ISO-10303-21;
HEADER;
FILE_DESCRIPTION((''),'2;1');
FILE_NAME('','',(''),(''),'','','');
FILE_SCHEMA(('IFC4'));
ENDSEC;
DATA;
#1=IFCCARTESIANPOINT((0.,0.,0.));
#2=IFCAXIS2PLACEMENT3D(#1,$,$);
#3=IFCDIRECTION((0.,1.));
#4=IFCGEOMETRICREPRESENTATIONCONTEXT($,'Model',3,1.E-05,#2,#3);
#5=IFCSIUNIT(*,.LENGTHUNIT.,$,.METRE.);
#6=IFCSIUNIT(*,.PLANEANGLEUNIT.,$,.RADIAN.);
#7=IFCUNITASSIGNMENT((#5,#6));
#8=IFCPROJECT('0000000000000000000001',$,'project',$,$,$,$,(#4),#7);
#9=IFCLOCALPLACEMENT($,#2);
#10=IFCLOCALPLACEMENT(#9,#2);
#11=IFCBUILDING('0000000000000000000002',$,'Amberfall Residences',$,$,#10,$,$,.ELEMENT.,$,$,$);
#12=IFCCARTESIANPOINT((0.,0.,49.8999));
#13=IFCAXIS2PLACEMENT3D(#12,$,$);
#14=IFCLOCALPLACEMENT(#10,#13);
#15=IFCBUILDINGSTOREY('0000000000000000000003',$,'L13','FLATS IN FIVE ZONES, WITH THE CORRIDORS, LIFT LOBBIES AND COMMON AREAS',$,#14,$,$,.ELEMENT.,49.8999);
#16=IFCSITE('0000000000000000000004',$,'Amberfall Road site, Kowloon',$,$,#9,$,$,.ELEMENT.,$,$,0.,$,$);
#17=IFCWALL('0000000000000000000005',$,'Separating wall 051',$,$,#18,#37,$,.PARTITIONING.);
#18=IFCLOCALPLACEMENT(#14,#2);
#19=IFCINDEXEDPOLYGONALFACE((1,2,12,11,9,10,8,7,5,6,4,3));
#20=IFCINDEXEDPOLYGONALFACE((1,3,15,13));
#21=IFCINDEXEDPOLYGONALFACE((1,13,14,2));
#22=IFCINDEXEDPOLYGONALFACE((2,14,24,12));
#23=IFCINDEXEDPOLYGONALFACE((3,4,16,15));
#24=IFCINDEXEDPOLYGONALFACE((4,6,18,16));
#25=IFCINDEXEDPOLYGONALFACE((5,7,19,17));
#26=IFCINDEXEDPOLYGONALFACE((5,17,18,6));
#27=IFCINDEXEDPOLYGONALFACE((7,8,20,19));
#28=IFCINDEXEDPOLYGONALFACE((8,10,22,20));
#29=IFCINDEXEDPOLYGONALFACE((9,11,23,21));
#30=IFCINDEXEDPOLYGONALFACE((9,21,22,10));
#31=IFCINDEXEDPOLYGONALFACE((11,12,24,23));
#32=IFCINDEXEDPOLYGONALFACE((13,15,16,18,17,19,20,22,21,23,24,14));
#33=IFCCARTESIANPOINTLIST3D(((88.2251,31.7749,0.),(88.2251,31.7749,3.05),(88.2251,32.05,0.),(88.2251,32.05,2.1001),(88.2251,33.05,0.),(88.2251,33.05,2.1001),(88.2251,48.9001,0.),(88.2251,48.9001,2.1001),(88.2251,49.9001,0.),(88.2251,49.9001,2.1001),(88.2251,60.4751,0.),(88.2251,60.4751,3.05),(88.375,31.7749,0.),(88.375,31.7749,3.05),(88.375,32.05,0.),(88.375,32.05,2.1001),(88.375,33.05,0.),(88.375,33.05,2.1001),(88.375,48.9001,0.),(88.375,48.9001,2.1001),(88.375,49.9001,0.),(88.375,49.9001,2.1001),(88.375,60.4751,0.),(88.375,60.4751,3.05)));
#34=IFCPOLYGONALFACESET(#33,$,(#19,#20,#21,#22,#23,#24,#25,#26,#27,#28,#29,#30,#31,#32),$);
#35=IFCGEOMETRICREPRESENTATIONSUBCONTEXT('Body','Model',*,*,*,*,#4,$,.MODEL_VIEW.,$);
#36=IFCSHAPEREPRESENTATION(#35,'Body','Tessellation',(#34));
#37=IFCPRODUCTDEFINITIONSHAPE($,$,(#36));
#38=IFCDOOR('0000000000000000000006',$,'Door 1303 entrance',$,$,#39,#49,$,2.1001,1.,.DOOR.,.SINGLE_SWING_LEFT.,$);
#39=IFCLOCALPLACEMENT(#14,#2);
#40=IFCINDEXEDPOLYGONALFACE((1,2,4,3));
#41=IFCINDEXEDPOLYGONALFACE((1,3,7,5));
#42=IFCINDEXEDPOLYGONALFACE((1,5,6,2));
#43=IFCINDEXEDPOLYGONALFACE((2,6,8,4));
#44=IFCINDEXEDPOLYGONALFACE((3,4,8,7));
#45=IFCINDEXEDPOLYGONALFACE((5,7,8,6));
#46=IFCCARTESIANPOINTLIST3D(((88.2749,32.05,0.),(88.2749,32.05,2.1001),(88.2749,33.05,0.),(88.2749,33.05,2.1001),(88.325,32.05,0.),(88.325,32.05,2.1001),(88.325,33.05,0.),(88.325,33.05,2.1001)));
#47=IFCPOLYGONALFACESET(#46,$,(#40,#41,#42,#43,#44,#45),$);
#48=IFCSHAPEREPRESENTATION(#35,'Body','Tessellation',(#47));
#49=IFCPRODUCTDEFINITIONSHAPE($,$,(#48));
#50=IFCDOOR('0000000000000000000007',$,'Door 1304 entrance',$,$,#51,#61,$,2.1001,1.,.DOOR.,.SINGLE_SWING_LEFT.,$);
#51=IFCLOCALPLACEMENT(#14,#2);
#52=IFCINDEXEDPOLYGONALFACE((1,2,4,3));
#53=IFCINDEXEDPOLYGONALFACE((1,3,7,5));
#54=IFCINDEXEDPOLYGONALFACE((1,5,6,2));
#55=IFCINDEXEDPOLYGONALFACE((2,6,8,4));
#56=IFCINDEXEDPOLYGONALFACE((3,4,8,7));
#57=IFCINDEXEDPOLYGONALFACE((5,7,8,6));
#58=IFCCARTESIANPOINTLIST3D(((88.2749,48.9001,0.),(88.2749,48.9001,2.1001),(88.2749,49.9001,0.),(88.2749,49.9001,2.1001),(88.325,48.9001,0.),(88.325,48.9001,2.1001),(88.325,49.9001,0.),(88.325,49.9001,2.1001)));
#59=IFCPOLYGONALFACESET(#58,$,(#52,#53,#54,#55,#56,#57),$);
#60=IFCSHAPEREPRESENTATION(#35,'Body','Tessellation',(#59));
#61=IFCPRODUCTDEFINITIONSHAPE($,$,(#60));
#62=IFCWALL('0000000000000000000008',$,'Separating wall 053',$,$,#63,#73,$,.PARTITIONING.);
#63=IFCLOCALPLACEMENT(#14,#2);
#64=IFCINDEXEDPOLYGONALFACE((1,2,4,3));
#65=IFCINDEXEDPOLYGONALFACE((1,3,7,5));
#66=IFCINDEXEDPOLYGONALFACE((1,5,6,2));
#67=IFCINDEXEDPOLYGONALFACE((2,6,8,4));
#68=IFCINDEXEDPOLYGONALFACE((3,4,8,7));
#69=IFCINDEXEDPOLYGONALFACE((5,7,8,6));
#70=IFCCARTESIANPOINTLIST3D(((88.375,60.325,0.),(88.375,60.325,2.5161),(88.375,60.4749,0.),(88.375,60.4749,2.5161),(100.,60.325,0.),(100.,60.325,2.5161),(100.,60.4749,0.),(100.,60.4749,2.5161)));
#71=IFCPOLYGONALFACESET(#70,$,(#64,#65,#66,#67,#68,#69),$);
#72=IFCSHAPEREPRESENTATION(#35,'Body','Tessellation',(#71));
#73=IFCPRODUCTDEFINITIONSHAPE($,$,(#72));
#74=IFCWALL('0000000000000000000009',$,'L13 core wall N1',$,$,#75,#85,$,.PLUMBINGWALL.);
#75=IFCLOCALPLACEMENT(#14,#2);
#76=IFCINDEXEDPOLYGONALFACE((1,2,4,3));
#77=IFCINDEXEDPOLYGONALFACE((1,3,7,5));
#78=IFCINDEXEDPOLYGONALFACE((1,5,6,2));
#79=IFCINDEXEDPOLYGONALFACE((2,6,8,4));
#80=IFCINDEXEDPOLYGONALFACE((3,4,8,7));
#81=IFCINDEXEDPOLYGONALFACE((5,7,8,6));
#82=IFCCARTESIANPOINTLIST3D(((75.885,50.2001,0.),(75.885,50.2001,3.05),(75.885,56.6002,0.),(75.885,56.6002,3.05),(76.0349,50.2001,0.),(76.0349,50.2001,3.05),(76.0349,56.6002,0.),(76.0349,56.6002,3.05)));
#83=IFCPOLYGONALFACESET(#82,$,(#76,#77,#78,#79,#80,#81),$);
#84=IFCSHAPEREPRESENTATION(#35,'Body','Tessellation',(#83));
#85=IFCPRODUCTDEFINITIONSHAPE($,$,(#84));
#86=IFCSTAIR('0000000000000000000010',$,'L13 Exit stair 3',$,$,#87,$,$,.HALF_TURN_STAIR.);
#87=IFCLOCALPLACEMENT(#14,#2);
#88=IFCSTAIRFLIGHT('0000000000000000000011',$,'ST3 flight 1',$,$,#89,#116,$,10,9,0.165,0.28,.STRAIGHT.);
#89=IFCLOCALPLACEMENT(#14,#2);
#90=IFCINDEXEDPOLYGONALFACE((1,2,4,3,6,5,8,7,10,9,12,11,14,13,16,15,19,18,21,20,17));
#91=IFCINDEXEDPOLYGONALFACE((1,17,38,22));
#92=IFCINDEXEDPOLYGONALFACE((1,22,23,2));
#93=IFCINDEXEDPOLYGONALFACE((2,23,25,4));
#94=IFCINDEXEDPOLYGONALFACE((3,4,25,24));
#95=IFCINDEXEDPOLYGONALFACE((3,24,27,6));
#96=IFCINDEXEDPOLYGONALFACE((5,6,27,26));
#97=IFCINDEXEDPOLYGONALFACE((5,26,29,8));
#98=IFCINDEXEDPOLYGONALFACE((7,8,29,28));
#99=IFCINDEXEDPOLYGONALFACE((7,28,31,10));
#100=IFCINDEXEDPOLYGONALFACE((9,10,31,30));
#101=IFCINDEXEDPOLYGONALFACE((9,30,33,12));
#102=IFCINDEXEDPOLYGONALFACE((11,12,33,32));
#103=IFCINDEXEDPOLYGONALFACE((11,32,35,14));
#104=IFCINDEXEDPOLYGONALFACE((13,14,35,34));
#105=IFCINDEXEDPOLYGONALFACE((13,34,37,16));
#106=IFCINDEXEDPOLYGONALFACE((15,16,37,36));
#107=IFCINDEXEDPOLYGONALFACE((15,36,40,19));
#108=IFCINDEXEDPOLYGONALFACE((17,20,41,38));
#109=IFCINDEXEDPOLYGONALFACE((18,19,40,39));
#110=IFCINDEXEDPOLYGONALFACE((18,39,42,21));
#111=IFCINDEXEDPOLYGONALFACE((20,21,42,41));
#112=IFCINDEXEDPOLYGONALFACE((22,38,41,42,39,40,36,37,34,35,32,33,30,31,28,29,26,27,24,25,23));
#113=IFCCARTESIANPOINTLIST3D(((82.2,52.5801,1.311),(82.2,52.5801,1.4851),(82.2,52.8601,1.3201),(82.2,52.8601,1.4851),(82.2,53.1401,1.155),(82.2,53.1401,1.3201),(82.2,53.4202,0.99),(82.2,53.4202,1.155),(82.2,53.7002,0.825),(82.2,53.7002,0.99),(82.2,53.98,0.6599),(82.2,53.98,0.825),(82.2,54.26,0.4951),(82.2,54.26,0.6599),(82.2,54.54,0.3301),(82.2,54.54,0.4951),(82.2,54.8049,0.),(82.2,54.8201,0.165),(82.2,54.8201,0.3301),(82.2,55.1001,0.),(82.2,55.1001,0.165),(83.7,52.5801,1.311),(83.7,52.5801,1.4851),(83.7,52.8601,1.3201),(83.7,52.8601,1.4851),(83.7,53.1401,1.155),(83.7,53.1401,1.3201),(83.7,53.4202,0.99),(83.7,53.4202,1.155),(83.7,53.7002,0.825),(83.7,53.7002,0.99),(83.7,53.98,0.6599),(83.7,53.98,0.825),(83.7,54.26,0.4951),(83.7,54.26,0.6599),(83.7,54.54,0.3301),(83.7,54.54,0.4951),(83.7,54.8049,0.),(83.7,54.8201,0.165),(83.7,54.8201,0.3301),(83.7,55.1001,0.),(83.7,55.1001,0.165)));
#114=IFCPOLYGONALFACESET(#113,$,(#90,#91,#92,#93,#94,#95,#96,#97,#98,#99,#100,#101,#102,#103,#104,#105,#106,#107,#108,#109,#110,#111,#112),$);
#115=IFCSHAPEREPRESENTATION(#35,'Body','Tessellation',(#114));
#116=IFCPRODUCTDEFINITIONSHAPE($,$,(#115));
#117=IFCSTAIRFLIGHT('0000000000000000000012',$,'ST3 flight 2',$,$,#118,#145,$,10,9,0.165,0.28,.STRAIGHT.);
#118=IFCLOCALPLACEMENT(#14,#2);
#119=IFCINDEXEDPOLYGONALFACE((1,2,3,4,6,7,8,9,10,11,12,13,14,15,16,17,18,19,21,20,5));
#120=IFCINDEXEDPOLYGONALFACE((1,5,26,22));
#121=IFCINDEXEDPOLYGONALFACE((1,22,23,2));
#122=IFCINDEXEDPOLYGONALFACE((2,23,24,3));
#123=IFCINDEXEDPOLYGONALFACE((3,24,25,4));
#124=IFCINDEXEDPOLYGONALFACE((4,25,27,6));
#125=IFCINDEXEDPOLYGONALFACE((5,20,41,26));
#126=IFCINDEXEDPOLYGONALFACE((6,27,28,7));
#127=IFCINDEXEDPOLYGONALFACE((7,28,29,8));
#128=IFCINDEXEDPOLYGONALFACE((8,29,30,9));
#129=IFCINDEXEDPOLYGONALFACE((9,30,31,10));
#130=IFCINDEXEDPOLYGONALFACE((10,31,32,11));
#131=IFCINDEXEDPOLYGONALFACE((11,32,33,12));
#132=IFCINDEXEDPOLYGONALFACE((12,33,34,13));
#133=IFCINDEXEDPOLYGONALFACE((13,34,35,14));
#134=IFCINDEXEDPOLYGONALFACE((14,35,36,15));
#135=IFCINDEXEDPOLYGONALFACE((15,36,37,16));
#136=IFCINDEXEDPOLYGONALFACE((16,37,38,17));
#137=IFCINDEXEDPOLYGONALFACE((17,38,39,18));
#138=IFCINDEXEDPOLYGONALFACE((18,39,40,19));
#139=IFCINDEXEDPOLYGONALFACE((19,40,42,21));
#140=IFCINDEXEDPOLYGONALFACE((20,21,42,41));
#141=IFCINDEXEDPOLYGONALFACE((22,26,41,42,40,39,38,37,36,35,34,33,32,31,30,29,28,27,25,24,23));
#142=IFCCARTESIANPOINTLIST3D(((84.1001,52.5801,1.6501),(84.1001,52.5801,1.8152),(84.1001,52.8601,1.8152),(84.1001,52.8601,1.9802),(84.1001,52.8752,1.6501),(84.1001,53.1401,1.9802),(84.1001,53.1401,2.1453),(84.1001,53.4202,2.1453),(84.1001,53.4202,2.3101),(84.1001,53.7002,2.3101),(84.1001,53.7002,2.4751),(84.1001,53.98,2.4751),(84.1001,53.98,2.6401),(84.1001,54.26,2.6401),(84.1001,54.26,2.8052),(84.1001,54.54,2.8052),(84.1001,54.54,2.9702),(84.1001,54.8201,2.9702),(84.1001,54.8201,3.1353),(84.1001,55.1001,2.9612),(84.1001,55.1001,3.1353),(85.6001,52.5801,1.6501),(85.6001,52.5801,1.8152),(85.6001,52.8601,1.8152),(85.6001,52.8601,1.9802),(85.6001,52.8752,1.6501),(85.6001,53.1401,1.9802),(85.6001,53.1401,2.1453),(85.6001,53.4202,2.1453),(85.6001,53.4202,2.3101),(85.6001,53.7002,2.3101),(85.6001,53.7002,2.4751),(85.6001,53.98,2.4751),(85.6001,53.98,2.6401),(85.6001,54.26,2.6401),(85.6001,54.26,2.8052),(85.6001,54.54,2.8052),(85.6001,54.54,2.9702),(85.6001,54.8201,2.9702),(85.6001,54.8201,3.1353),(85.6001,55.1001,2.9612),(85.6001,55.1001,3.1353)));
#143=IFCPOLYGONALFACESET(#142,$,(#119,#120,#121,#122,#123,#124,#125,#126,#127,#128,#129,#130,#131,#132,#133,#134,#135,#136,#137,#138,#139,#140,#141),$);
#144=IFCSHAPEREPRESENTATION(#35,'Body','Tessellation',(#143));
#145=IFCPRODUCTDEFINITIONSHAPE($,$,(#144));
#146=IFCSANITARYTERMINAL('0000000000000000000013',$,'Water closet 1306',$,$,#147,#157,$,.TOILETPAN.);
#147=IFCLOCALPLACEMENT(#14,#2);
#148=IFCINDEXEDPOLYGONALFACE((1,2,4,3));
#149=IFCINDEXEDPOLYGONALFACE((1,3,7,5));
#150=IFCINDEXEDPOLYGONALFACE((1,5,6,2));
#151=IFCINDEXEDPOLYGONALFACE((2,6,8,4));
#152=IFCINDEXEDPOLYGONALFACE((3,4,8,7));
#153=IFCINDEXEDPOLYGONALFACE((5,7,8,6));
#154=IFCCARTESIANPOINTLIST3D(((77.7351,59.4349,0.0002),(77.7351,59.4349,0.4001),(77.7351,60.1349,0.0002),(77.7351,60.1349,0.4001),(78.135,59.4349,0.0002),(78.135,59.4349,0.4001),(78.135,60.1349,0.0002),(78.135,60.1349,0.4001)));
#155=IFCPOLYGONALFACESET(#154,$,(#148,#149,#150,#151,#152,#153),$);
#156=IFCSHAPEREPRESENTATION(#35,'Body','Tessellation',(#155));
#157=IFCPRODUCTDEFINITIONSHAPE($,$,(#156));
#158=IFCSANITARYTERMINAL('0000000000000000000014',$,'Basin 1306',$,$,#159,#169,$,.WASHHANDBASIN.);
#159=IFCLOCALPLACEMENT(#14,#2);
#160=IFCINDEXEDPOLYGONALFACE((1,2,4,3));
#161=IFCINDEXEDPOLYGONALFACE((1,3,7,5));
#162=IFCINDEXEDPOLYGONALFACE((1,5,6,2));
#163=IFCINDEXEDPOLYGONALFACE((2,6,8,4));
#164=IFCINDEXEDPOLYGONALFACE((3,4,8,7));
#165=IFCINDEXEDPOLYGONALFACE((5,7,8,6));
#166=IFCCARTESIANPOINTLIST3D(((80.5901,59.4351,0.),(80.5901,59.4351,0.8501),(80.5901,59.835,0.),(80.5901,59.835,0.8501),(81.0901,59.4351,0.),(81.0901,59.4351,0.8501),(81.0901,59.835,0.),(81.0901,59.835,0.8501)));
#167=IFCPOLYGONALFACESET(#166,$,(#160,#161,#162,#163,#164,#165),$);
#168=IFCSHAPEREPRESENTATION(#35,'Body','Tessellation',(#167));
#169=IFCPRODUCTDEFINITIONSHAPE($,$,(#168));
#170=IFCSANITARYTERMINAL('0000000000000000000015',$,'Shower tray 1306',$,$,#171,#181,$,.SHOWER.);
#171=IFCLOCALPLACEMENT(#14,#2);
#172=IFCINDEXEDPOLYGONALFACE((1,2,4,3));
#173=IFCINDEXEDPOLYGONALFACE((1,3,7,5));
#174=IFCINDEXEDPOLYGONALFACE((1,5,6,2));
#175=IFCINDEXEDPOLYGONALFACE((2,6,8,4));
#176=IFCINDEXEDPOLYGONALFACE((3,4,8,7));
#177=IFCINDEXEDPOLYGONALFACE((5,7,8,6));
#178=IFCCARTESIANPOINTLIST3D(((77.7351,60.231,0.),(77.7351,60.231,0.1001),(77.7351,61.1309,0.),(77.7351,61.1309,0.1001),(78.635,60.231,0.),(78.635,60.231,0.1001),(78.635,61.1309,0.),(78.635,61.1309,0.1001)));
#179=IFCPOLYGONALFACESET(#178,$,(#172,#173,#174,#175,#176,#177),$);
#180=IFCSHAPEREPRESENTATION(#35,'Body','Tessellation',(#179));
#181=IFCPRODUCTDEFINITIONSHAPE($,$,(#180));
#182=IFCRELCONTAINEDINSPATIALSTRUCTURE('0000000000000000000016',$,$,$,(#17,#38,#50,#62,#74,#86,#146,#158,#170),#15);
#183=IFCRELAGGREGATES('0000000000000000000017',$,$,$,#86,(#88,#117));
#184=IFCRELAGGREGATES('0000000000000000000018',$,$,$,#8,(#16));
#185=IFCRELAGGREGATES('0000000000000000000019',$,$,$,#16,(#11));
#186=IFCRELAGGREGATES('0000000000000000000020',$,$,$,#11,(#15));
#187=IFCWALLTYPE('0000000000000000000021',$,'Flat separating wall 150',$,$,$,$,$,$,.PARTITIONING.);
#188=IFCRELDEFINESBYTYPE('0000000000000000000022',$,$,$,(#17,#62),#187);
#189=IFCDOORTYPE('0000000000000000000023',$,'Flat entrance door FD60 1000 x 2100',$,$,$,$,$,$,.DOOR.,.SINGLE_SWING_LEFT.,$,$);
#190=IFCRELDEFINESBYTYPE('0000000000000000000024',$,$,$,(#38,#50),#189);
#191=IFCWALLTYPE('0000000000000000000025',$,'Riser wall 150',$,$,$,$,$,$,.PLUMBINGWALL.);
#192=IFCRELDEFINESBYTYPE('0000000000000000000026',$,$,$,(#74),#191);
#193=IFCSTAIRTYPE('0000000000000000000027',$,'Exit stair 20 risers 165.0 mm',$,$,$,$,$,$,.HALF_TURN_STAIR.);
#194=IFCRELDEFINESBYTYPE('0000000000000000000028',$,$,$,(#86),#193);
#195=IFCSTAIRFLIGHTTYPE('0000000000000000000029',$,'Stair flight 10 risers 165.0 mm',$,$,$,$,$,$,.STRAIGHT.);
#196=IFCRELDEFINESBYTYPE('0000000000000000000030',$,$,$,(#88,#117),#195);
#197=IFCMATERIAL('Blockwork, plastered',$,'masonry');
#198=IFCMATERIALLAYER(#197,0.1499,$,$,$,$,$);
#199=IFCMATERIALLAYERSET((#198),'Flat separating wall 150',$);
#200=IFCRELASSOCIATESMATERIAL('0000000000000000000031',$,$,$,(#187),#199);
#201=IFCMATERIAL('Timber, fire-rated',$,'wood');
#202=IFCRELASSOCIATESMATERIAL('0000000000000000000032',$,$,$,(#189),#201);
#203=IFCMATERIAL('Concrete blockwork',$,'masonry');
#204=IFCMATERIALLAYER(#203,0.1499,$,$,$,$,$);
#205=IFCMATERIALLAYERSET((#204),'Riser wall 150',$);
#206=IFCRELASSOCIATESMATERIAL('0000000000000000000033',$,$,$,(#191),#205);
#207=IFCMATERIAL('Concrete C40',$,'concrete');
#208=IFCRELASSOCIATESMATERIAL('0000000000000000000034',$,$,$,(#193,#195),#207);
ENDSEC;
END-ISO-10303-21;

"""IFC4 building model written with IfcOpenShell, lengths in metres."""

from ifc_helpers import new_model, si_unit, direction, frame, frame_2d, origin, origin_2d, place, context, subcontext, project, spatial, polyline, rectangle, outline, extrude, material, layer, layer_set, type_object, element, fill, aggregate, save


model = new_model("IFC4")

# Units and contexts
model_context = context("Model", 3, precision=1e-05, world=origin(), true_north=direction((0.0, 1.0)))
body_context = subcontext(model_context, "Body", "Model", "MODEL_VIEW")
ifc_project = project(units=[si_unit("LENGTHUNIT", "METRE"), si_unit("PLANEANGLEUNIT", "RADIAN")], contexts=[model_context])

# Site, building, storey
site_placement = place(None, origin())
site = spatial("IfcSite", under=ifc_project, at=site_placement, Name="Amberfall Road site, Kowloon", CompositionType="ELEMENT", RefElevation=0.0)
building_placement = place(site_placement, origin())
building = spatial("IfcBuilding", under=site, at=building_placement, Name="Amberfall Residences", CompositionType="ELEMENT")
storey_placement = place(building_placement, frame((0.0, 0.0, 49.8999)))
storey = spatial("IfcBuildingStorey", under=building, at=storey_placement, Name="L13", Description="FLATS IN FIVE ZONES, WITH THE CORRIDORS, LIFT LOBBIES AND COMMON AREAS", CompositionType="ELEMENT", Elevation=49.8999)

# Shared definitions
ifc_material_1 = material(Name="Blockwork, plastered", Category="masonry")
ifc_layer_1 = layer(ifc_material_1, 0.1499)
ifc_layer_set_1 = layer_set([ifc_layer_1], Name="Flat separating wall 150")
wall_type_1 = type_object("IfcWallType", Name="Flat separating wall 150", PredefinedType="PARTITIONING", material=ifc_layer_set_1)

# Wall, openings, doors
wall_1_placement = place(storey_placement, frame((88.3, 60.4751, 0.0), z_axis=(0.0, 0.0, 1.0), x_axis=(0.0, -1.0, 0.0)))
wall_1 = element("IfcWall", 1, at=wall_1_placement, inside=storey, type_object=wall_type_1, Name="Separating wall 051", PredefinedType="PARTITIONING", context=body_context, shape_type="SweptSolid", body=[
    extrude(rectangle(XDim=28.7002, YDim=0.1499, at=frame_2d((14.3501, 0.0))), origin(), (0.0, 0.0, 1.0), 3.05),
])
opening_1_placement = place(wall_1_placement, frame((27.425, 0.0, 0.0)))
opening_1 = element("IfcOpeningElement", 2, at=opening_1_placement, cuts=wall_1, PredefinedType="OPENING", context=body_context, shape_type="SweptSolid", body=[
    extrude(rectangle(XDim=1.0, YDim=2.1001, at=frame_2d((0.5, 1.05))), frame((0.0, 0.085, 0.0), z_axis=(0.0, -1.0, 0.0), x_axis=(1.0, 0.0, 0.0)), (0.0, 0.0, 1.0), 0.1699),
])
opening_2_placement = place(wall_1_placement, frame((10.575, 0.0, 0.0)))
opening_2 = element("IfcOpeningElement", 3, at=opening_2_placement, cuts=wall_1, PredefinedType="OPENING", context=body_context, shape_type="SweptSolid", body=[
    extrude(rectangle(XDim=1.0, YDim=2.1001, at=frame_2d((0.5, 1.05))), frame((0.0, 0.085, 0.0), z_axis=(0.0, -1.0, 0.0), x_axis=(1.0, 0.0, 0.0)), (0.0, 0.0, 1.0), 0.1699),
])
ifc_material_2 = material(Name="Timber, fire-rated", Category="wood")
door_type_1 = type_object("IfcDoorType", Name="Flat entrance door FD60 1000 x 2100", OperationType="SINGLE_SWING_LEFT", PredefinedType="DOOR", material=ifc_material_2)
door_1_placement = place(opening_1_placement, origin())
door_1 = element("IfcDoor", 4, at=door_1_placement, inside=storey, type_object=door_type_1, Name="Door 1303 entrance", OperationType="SINGLE_SWING_LEFT", OverallHeight=2.1001, OverallWidth=1.0, PredefinedType="DOOR", context=body_context, shape_type="SweptSolid", body=[
    extrude(rectangle(XDim=1.0, YDim=2.1001, at=frame_2d((0.5, 1.05))), frame((0.0, 0.0249, 0.0), z_axis=(0.0, -1.0, 0.0), x_axis=(1.0, 0.0, 0.0)), (0.0, 0.0, 1.0), 0.05),
])
fill(opening_1, door_1)
door_2_placement = place(opening_2_placement, origin())
door_2 = element("IfcDoor", 5, at=door_2_placement, inside=storey, type_object=door_type_1, Name="Door 1304 entrance", OperationType="SINGLE_SWING_LEFT", OverallHeight=2.1001, OverallWidth=1.0, PredefinedType="DOOR", context=body_context, shape_type="SweptSolid", body=[
    extrude(rectangle(XDim=1.0, YDim=2.1001, at=frame_2d((0.5, 1.05))), frame((0.0, 0.0249, 0.0), z_axis=(0.0, -1.0, 0.0), x_axis=(1.0, 0.0, 0.0)), (0.0, 0.0, 1.0), 0.05),
])
fill(opening_2, door_2)

# Walls
wall_2_placement = place(storey_placement, frame((88.375, 60.3999, 0.0), z_axis=(0.0, 0.0, 1.0), x_axis=(1.0, 0.0, 0.0)))
element("IfcWall", 6, at=wall_2_placement, inside=storey, type_object=wall_type_1, Name="Separating wall 053", PredefinedType="PARTITIONING", context=body_context, shape_type="SweptSolid", body=[
    extrude(rectangle(XDim=11.625, YDim=0.1499, at=frame_2d((5.8125, 0.0))), origin(), (0.0, 0.0, 1.0), 2.5161),
])
ifc_material_3 = material(Name="Concrete blockwork", Category="masonry")
ifc_layer_2 = layer(ifc_material_3, 0.1499)
ifc_layer_set_2 = layer_set([ifc_layer_2], Name="Riser wall 150")
wall_type_2 = type_object("IfcWallType", Name="Riser wall 150", PredefinedType="PLUMBINGWALL", material=ifc_layer_set_2)
wall_3_placement = place(storey_placement, frame((75.96, 50.2, 0.0), z_axis=(0.0, 0.0, 1.0), x_axis=(0.0, 1.0, 0.0)))
element("IfcWall", 7, at=wall_3_placement, inside=storey, type_object=wall_type_2, Name="L13 core wall N1", PredefinedType="PLUMBINGWALL", context=body_context, shape_type="SweptSolid", body=[
    extrude(rectangle(XDim=6.4001, YDim=0.1499, at=frame_2d((3.2002, 0.0))), origin(), (0.0, 0.0, 1.0), 3.05),
])

# Stair, stair flights
ifc_material_4 = material(Name="Concrete C40", Category="concrete")
stair_type = type_object("IfcStairType", Name="Exit stair 20 risers 165.0 mm", PredefinedType="HALF_TURN_STAIR", material=ifc_material_4)
stair_placement = place(storey_placement, origin())
stair = element("IfcStair", 8, at=stair_placement, inside=storey, type_object=stair_type, Name="L13 Exit stair 3", PredefinedType="HALF_TURN_STAIR")
stair_flight_type = type_object("IfcStairFlightType", Name="Stair flight 10 risers 165.0 mm", PredefinedType="STRAIGHT", material=ifc_material_4)
stair_flight_1_placement = place(storey_placement, frame((82.95, 55.1001, 0.0), z_axis=(0.0, 0.0, 1.0), x_axis=(0.0, -1.0, 0.0)))
stair_flight_1 = element("IfcStairFlight", 9, at=stair_flight_1_placement, type_object=stair_flight_type, Name="ST3 flight 1", NumberOfRisers=10, NumberOfTreads=9, PredefinedType="STRAIGHT", RiserHeight=0.165, TreadLength=0.28, context=body_context, shape_type="SweptSolid", body=[
    extrude(outline(polyline([(0.0, 0.0), (0.0, 0.165), (0.28, 0.165), (0.28, 0.3301), (0.5601, 0.3301), (0.5601, 0.4951), (0.8401, 0.4951), (0.8401, 0.6599), (1.1201, 0.6599), (1.1201, 0.825), (1.3999, 0.825), (1.3999, 0.99), (1.6799, 0.99), (1.6799, 1.155), (1.96, 1.155), (1.96, 1.3201), (2.24, 1.3201), (2.24, 1.4851), (2.52, 1.4851), (2.52, 1.6499), (2.52, 1.311), (0.2952, 0.0), (0.0, 0.0)])), frame((0.0, 0.75, 0.0), z_axis=(0.0, -1.0, 0.0), x_axis=(1.0, 0.0, 0.0)), (0.0, 0.0, 1.0), 1.5),
])
stair_flight_2_placement = place(storey_placement, frame((84.8501, 52.5801, 1.6501), z_axis=(0.0, 0.0, 1.0), x_axis=(0.0, 1.0, 0.0)))
stair_flight_2 = element("IfcStairFlight", 10, at=stair_flight_2_placement, type_object=stair_flight_type, Name="ST3 flight 2", NumberOfRisers=10, NumberOfTreads=9, PredefinedType="STRAIGHT", RiserHeight=0.165, TreadLength=0.28, context=body_context, shape_type="SweptSolid", body=[
    extrude(outline(polyline([(0.0, 0.0), (0.0, 0.165), (0.28, 0.165), (0.28, 0.3301), (0.5601, 0.3301), (0.5601, 0.4951), (0.8401, 0.4951), (0.8401, 0.6599), (1.1201, 0.6599), (1.1201, 0.825), (1.3999, 0.825), (1.3999, 0.99), (1.6799, 0.99), (1.6799, 1.155), (1.96, 1.155), (1.96, 1.3201), (2.24, 1.3201), (2.24, 1.4851), (2.52, 1.4851), (2.52, 1.6499), (2.52, 1.311), (0.2952, 0.0), (0.0, 0.0)])), frame((0.0, 0.75, 0.0), z_axis=(0.0, -1.0, 0.0), x_axis=(1.0, 0.0, 0.0)), (0.0, 0.0, 1.0), 1.5),
])
aggregate(stair, [stair_flight_1, stair_flight_2])

# Sanitary terminals
sanitary_terminal_1_placement = place(storey_placement, frame((77.9351, 59.7849, 0.0002), z_axis=(0.0, 0.0, 1.0), x_axis=(1.0, 0.0, 0.0)))
element("IfcSanitaryTerminal", 11, at=sanitary_terminal_1_placement, inside=storey, Name="Water closet 1306", PredefinedType="TOILETPAN", context=body_context, shape_type="SweptSolid", body=[
    extrude(rectangle(XDim=0.3999, YDim=0.7, at=origin_2d()), origin(), (0.0, 0.0, 1.0), 0.3999),
])
sanitary_terminal_2_placement = place(storey_placement, frame((80.8401, 59.635, 0.0), z_axis=(0.0, 0.0, 1.0), x_axis=(1.0, 0.0, 0.0)))
element("IfcSanitaryTerminal", 12, at=sanitary_terminal_2_placement, inside=storey, Name="Basin 1306", PredefinedType="WASHHANDBASIN", context=body_context, shape_type="SweptSolid", body=[
    extrude(rectangle(XDim=0.5, YDim=0.3999, at=origin_2d()), origin(), (0.0, 0.0, 1.0), 0.8501),
])
sanitary_terminal_3_placement = place(storey_placement, frame((78.1851, 60.6809, 0.0), z_axis=(0.0, 0.0, 1.0), x_axis=(1.0, 0.0, 0.0)))
element("IfcSanitaryTerminal", 13, at=sanitary_terminal_3_placement, inside=storey, Name="Shower tray 1306", PredefinedType="SHOWER", context=body_context, shape_type="SweptSolid", body=[
    extrude(rectangle(XDim=0.8999, YDim=0.8999, at=origin_2d()), origin(), (0.0, 0.0, 1.0), 0.1001),
])

save(model, "model.ifc")
